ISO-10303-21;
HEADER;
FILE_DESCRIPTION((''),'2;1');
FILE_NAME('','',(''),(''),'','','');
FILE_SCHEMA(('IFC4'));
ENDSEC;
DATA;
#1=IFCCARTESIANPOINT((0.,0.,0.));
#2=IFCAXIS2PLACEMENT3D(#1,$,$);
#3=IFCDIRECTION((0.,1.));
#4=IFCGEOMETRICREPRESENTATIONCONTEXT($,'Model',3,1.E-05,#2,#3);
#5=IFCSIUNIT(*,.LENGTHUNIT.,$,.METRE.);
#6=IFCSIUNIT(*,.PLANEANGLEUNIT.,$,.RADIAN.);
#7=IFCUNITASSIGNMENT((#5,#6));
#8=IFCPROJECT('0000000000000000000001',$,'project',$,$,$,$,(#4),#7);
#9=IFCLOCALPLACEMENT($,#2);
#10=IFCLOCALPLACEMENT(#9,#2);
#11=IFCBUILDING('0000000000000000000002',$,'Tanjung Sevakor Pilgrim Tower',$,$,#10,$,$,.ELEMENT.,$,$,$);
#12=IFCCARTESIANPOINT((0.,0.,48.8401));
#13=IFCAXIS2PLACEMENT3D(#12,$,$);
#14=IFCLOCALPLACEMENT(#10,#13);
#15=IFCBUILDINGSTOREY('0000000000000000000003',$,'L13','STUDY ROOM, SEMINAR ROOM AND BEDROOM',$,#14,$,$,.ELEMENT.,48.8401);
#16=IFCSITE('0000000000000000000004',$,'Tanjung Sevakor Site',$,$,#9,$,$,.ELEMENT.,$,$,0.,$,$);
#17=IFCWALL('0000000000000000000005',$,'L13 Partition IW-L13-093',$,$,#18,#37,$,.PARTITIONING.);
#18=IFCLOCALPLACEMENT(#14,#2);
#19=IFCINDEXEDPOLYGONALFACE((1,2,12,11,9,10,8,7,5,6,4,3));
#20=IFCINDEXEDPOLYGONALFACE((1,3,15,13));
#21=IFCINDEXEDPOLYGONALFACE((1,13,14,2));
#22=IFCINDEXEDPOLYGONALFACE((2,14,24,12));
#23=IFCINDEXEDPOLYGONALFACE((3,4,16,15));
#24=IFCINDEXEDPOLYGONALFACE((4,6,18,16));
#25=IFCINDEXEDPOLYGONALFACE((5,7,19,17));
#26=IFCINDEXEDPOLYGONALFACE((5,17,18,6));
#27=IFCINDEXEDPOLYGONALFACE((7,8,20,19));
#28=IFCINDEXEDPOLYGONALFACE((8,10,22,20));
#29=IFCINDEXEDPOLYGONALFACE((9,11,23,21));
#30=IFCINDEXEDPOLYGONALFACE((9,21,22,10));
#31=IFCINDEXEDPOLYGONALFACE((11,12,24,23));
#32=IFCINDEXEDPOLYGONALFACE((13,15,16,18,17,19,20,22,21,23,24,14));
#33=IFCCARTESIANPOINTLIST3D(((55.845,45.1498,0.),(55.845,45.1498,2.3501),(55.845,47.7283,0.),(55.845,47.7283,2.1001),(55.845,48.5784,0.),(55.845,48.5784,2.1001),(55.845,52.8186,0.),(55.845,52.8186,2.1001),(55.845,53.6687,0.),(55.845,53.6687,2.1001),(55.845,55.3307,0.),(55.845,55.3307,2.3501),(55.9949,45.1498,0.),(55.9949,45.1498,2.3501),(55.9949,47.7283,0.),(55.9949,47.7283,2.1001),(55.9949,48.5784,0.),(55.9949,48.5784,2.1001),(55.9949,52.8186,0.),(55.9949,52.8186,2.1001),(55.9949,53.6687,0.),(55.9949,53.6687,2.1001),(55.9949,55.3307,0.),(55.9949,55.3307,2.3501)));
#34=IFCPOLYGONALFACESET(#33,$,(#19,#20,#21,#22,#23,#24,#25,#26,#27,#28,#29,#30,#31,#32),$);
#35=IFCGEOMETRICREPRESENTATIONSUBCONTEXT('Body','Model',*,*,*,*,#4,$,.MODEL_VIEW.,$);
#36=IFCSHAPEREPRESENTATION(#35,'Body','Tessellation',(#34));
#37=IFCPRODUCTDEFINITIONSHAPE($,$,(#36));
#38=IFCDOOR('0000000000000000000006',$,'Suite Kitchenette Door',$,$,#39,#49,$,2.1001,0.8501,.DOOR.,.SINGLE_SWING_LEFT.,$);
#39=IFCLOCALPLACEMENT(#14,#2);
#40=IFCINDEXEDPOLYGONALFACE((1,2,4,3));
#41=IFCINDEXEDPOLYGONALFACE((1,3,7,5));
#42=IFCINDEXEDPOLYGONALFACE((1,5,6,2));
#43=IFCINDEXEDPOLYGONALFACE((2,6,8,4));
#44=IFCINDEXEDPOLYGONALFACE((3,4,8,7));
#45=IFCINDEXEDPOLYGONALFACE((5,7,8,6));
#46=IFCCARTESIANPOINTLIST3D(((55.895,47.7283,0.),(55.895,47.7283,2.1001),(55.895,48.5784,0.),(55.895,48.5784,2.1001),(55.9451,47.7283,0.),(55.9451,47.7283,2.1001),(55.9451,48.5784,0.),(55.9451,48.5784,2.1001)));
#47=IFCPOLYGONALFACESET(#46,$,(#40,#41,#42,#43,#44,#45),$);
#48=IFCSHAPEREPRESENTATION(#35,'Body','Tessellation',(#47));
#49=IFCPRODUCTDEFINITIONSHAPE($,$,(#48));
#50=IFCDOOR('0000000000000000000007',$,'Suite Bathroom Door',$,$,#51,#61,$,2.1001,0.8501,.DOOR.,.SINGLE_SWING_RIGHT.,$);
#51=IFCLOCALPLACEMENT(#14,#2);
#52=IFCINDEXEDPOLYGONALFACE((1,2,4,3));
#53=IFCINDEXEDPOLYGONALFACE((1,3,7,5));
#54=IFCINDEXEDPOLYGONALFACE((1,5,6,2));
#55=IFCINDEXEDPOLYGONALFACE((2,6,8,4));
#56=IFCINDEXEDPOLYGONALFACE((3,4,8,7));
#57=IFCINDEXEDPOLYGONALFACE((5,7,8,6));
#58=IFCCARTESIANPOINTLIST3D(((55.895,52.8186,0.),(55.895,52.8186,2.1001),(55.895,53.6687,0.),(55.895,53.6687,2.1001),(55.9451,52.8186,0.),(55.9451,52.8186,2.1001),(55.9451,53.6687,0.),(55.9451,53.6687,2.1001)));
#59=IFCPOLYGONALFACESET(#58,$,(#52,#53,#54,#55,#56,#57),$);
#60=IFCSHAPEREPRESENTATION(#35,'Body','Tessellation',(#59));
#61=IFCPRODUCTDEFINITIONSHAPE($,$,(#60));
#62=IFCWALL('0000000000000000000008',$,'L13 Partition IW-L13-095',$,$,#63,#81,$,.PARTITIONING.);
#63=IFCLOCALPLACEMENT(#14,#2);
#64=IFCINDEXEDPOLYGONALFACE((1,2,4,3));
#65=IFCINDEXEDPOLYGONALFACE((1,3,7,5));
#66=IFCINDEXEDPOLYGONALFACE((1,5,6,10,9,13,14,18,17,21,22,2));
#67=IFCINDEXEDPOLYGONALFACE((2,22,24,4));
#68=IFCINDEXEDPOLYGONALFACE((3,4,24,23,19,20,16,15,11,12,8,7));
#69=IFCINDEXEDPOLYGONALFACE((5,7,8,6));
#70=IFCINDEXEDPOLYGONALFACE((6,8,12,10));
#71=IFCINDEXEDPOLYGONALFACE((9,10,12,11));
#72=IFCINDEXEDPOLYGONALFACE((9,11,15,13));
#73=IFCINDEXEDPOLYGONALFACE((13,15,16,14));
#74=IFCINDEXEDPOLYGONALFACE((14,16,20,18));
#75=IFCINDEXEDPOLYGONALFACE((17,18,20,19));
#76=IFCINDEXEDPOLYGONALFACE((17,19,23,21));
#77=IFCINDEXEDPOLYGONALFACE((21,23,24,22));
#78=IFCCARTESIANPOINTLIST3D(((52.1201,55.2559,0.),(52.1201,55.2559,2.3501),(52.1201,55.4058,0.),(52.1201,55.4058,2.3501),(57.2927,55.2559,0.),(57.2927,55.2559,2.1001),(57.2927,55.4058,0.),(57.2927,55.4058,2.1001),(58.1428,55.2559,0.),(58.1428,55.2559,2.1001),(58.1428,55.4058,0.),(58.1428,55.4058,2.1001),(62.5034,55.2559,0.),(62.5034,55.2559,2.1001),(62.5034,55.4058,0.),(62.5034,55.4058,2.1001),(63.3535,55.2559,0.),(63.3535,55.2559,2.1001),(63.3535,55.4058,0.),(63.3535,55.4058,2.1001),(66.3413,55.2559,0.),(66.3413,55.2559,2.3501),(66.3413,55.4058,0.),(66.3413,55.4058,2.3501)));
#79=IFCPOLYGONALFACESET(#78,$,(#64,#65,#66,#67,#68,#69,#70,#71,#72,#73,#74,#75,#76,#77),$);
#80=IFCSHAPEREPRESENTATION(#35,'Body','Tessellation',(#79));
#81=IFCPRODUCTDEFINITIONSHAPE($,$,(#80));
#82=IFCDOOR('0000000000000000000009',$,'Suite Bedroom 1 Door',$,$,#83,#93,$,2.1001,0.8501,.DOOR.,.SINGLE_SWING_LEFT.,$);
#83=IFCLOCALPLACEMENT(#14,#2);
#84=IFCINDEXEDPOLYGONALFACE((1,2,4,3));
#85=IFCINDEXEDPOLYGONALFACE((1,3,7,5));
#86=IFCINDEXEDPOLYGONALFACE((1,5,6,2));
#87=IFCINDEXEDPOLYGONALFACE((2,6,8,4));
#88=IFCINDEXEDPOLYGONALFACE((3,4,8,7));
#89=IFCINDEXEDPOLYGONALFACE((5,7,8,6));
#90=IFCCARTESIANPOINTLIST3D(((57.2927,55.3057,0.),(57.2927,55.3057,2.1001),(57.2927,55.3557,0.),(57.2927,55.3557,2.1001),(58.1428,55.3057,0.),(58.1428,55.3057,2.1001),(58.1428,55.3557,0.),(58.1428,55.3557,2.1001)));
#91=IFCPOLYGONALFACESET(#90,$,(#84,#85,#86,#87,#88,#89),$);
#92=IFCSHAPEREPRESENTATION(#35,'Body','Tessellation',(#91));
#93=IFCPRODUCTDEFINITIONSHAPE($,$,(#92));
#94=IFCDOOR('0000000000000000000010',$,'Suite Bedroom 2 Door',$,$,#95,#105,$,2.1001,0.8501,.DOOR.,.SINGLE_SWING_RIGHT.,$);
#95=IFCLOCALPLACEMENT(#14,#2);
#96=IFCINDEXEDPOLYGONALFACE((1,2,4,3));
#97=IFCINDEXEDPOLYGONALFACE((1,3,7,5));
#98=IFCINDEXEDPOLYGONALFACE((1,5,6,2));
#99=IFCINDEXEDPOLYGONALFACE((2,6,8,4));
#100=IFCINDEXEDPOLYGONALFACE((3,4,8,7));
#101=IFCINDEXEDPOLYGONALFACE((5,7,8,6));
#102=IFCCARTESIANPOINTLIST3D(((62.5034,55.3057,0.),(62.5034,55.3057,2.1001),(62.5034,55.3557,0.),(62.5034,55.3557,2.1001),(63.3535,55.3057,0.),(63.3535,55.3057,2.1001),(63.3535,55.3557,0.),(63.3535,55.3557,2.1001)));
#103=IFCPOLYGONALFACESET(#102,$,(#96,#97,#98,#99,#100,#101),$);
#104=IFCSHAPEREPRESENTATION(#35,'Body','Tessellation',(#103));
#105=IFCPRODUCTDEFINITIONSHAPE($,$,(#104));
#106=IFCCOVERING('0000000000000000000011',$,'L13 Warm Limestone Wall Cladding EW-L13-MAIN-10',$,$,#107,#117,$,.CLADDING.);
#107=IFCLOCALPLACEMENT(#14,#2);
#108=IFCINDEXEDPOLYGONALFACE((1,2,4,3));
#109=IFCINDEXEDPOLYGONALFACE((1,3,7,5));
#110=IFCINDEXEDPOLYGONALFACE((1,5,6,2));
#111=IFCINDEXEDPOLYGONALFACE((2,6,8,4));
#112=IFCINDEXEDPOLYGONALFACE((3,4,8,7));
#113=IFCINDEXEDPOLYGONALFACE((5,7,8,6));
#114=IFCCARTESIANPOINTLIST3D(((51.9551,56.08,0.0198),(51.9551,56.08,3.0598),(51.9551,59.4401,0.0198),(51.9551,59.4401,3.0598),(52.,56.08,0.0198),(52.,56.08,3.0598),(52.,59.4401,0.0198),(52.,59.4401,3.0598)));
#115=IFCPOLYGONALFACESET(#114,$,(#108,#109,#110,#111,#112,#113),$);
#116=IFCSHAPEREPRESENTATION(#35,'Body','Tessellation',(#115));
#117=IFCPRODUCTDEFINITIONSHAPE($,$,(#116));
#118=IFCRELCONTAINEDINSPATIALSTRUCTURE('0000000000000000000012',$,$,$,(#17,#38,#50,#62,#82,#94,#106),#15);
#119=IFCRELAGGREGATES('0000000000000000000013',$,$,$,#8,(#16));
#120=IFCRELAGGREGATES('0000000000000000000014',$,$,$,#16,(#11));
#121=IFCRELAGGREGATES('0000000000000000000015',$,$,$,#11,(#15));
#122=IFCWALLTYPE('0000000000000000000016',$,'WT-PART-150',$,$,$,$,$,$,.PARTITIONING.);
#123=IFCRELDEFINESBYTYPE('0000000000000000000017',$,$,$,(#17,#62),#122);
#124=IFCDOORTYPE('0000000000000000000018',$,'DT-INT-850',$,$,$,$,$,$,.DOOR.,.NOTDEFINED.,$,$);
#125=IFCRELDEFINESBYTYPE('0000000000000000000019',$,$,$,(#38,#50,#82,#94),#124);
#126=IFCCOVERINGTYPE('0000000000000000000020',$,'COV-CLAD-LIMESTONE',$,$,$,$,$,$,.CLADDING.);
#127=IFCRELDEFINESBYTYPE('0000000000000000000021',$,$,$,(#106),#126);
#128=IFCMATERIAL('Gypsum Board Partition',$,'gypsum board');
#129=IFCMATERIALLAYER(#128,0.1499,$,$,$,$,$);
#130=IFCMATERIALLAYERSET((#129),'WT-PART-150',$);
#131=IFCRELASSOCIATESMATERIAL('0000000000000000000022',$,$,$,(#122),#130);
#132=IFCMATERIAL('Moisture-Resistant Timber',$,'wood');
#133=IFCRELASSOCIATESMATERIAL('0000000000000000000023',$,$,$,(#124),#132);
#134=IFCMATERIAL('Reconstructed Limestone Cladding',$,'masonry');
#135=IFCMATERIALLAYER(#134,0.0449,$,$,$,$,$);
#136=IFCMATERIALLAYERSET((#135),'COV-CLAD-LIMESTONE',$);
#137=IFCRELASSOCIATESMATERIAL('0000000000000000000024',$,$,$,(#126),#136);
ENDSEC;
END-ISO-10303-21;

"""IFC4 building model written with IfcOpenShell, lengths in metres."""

from ifc_helpers import new_model, si_unit, direction, frame, frame_2d, origin, origin_2d, place, context, subcontext, project, spatial, rectangle, extrude, material, layer, layer_set, type_object, element, fill, save


model = new_model("IFC4")

# Units and contexts
model_context = context("Model", 3, precision=1e-05, world=origin(), true_north=direction((0.0, 1.0)))
body_context = subcontext(model_context, "Body", "Model", "MODEL_VIEW")
ifc_project = project(units=[si_unit("LENGTHUNIT", "METRE"), si_unit("PLANEANGLEUNIT", "RADIAN")], contexts=[model_context])

# Site, building, storey
site_placement = place(None, origin())
site = spatial("IfcSite", under=ifc_project, at=site_placement, Name="Tanjung Sevakor Site", CompositionType="ELEMENT", RefElevation=0.0)
building_placement = place(site_placement, origin())
building = spatial("IfcBuilding", under=site, at=building_placement, Name="Tanjung Sevakor Pilgrim Tower", CompositionType="ELEMENT")
storey_placement = place(building_placement, frame((0.0, 0.0, 48.8401)))
storey = spatial("IfcBuildingStorey", under=building, at=storey_placement, Name="L13", Description="STUDY ROOM, SEMINAR ROOM AND BEDROOM", CompositionType="ELEMENT", Elevation=48.8401)

# Shared definitions
ifc_material_1 = material(Name="Gypsum Board Partition", Category="gypsum board")
ifc_layer_1 = layer(ifc_material_1, 0.1499)
ifc_layer_set_1 = layer_set([ifc_layer_1], Name="WT-PART-150")
wall_type_1 = type_object("IfcWallType", Name="WT-PART-150", PredefinedType="PARTITIONING", material=ifc_layer_set_1)

# Walls, openings, doors
wall_1_placement = place(storey_placement, frame((55.9199, 45.1499, 0.0), z_axis=(0.0, 0.0, 1.0), x_axis=(0.0, 1.0, 0.0)))
wall_1 = element("IfcWall", 1, at=wall_1_placement, inside=storey, type_object=wall_type_1, Name="L13 Partition IW-L13-093", PredefinedType="PARTITIONING", context=body_context, shape_type="SweptSolid", body=[
    extrude(rectangle(XDim=10.1809, YDim=0.1499, at=frame_2d((5.0903, 0.0))), origin(), (0.0, 0.0, 1.0), 2.3501),
])
opening_1_placement = place(wall_1_placement, frame((2.5784, 0.0, 0.0)))
opening_1 = element("IfcOpeningElement", 2, at=opening_1_placement, cuts=wall_1, PredefinedType="OPENING", context=body_context, shape_type="SweptSolid", body=[
    extrude(rectangle(XDim=0.8501, YDim=2.1001, at=frame_2d((0.425, 1.05))), frame((0.0, 0.085, 0.0), z_axis=(0.0, -1.0, 0.0), x_axis=(1.0, 0.0, 0.0)), (0.0, 0.0, 1.0), 0.1699),
])
opening_2_placement = place(wall_1_placement, frame((7.6687, 0.0, 0.0)))
opening_2 = element("IfcOpeningElement", 3, at=opening_2_placement, cuts=wall_1, PredefinedType="OPENING", context=body_context, shape_type="SweptSolid", body=[
    extrude(rectangle(XDim=0.8501, YDim=2.1001, at=frame_2d((0.425, 1.05))), frame((0.0, 0.085, 0.0), z_axis=(0.0, -1.0, 0.0), x_axis=(1.0, 0.0, 0.0)), (0.0, 0.0, 1.0), 0.1699),
])
ifc_material_2 = material(Name="Moisture-Resistant Timber", Category="wood")
door_type_1 = type_object("IfcDoorType", Name="DT-INT-850", OperationType="NOTDEFINED", PredefinedType="DOOR", material=ifc_material_2)
door_1_placement = place(opening_1_placement, origin())
door_1 = element("IfcDoor", 4, at=door_1_placement, inside=storey, type_object=door_type_1, Name="Suite Kitchenette Door", OperationType="SINGLE_SWING_LEFT", OverallHeight=2.1001, OverallWidth=0.8501, PredefinedType="DOOR", context=body_context, shape_type="SweptSolid", body=[
    extrude(rectangle(XDim=0.8501, YDim=2.1001, at=frame_2d((0.425, 1.05))), frame((0.0, 0.0249, 0.0), z_axis=(0.0, -1.0, 0.0), x_axis=(1.0, 0.0, 0.0)), (0.0, 0.0, 1.0), 0.05),
])
fill(opening_1, door_1)
door_2_placement = place(opening_2_placement, origin())
door_2 = element("IfcDoor", 5, at=door_2_placement, inside=storey, type_object=door_type_1, Name="Suite Bathroom Door", OperationType="SINGLE_SWING_RIGHT", OverallHeight=2.1001, OverallWidth=0.8501, PredefinedType="DOOR", context=body_context, shape_type="SweptSolid", body=[
    extrude(rectangle(XDim=0.8501, YDim=2.1001, at=frame_2d((0.425, 1.05))), frame((0.0, 0.0249, 0.0), z_axis=(0.0, -1.0, 0.0), x_axis=(1.0, 0.0, 0.0)), (0.0, 0.0, 1.0), 0.05),
])
fill(opening_2, door_2)
wall_2_placement = place(storey_placement, frame((52.1201, 55.3308, 0.0), z_axis=(0.0, 0.0, 1.0), x_axis=(1.0, 0.0, 0.0)))
wall_2 = element("IfcWall", 6, at=wall_2_placement, inside=storey, type_object=wall_type_1, Name="L13 Partition IW-L13-095", PredefinedType="PARTITIONING", context=body_context, shape_type="SweptSolid", body=[
    extrude(rectangle(XDim=14.2212, YDim=0.1499, at=frame_2d((7.1106, 0.0))), origin(), (0.0, 0.0, 1.0), 2.3501),
])
opening_3_placement = place(wall_2_placement, frame((5.1726, 0.0, 0.0)))
opening_3 = element("IfcOpeningElement", 7, at=opening_3_placement, cuts=wall_2, PredefinedType="OPENING", context=body_context, shape_type="SweptSolid", body=[
    extrude(rectangle(XDim=0.8501, YDim=2.1001, at=frame_2d((0.425, 1.05))), frame((0.0, 0.085, 0.0), z_axis=(0.0, -1.0, 0.0), x_axis=(1.0, 0.0, 0.0)), (0.0, 0.0, 1.0), 0.1699),
])
opening_4_placement = place(wall_2_placement, frame((10.3833, 0.0, 0.0)))
opening_4 = element("IfcOpeningElement", 8, at=opening_4_placement, cuts=wall_2, PredefinedType="OPENING", context=body_context, shape_type="SweptSolid", body=[
    extrude(rectangle(XDim=0.8501, YDim=2.1001, at=frame_2d((0.425, 1.05))), frame((0.0, 0.085, 0.0), z_axis=(0.0, -1.0, 0.0), x_axis=(1.0, 0.0, 0.0)), (0.0, 0.0, 1.0), 0.1699),
])
door_3_placement = place(opening_3_placement, origin())
door_3 = element("IfcDoor", 9, at=door_3_placement, inside=storey, type_object=door_type_1, Name="Suite Bedroom 1 Door", OperationType="SINGLE_SWING_LEFT", OverallHeight=2.1001, OverallWidth=0.8501, PredefinedType="DOOR", context=body_context, shape_type="SweptSolid", body=[
    extrude(rectangle(XDim=0.8501, YDim=2.1001, at=frame_2d((0.425, 1.05))), frame((0.0, 0.0249, 0.0), z_axis=(0.0, -1.0, 0.0), x_axis=(1.0, 0.0, 0.0)), (0.0, 0.0, 1.0), 0.05),
])
fill(opening_3, door_3)
door_4_placement = place(opening_4_placement, origin())
door_4 = element("IfcDoor", 10, at=door_4_placement, inside=storey, type_object=door_type_1, Name="Suite Bedroom 2 Door", OperationType="SINGLE_SWING_RIGHT", OverallHeight=2.1001, OverallWidth=0.8501, PredefinedType="DOOR", context=body_context, shape_type="SweptSolid", body=[
    extrude(rectangle(XDim=0.8501, YDim=2.1001, at=frame_2d((0.425, 1.05))), frame((0.0, 0.0249, 0.0), z_axis=(0.0, -1.0, 0.0), x_axis=(1.0, 0.0, 0.0)), (0.0, 0.0, 1.0), 0.05),
])
fill(opening_4, door_4)

# Covering
ifc_material_3 = material(Name="Reconstructed Limestone Cladding", Category="masonry")
ifc_layer_2 = layer(ifc_material_3, 0.0449)
ifc_layer_set_2 = layer_set([ifc_layer_2], Name="COV-CLAD-LIMESTONE")
covering_type = type_object("IfcCoveringType", Name="COV-CLAD-LIMESTONE", PredefinedType="CLADDING", material=ifc_layer_set_2)
covering_placement = place(storey_placement, frame((51.9775, 57.76, 0.0198), z_axis=(0.0, 0.0, 1.0), x_axis=(0.0, -1.0, 0.0)))
element("IfcCovering", 11, at=covering_placement, inside=storey, type_object=covering_type, Name="L13 Warm Limestone Wall Cladding EW-L13-MAIN-10", PredefinedType="CLADDING", context=body_context, shape_type="SweptSolid", body=[
    extrude(rectangle(XDim=3.3601, YDim=0.0449, at=origin_2d()), origin(), (0.0, 0.0, 1.0), 3.04),
])

save(model, "model.ifc")
